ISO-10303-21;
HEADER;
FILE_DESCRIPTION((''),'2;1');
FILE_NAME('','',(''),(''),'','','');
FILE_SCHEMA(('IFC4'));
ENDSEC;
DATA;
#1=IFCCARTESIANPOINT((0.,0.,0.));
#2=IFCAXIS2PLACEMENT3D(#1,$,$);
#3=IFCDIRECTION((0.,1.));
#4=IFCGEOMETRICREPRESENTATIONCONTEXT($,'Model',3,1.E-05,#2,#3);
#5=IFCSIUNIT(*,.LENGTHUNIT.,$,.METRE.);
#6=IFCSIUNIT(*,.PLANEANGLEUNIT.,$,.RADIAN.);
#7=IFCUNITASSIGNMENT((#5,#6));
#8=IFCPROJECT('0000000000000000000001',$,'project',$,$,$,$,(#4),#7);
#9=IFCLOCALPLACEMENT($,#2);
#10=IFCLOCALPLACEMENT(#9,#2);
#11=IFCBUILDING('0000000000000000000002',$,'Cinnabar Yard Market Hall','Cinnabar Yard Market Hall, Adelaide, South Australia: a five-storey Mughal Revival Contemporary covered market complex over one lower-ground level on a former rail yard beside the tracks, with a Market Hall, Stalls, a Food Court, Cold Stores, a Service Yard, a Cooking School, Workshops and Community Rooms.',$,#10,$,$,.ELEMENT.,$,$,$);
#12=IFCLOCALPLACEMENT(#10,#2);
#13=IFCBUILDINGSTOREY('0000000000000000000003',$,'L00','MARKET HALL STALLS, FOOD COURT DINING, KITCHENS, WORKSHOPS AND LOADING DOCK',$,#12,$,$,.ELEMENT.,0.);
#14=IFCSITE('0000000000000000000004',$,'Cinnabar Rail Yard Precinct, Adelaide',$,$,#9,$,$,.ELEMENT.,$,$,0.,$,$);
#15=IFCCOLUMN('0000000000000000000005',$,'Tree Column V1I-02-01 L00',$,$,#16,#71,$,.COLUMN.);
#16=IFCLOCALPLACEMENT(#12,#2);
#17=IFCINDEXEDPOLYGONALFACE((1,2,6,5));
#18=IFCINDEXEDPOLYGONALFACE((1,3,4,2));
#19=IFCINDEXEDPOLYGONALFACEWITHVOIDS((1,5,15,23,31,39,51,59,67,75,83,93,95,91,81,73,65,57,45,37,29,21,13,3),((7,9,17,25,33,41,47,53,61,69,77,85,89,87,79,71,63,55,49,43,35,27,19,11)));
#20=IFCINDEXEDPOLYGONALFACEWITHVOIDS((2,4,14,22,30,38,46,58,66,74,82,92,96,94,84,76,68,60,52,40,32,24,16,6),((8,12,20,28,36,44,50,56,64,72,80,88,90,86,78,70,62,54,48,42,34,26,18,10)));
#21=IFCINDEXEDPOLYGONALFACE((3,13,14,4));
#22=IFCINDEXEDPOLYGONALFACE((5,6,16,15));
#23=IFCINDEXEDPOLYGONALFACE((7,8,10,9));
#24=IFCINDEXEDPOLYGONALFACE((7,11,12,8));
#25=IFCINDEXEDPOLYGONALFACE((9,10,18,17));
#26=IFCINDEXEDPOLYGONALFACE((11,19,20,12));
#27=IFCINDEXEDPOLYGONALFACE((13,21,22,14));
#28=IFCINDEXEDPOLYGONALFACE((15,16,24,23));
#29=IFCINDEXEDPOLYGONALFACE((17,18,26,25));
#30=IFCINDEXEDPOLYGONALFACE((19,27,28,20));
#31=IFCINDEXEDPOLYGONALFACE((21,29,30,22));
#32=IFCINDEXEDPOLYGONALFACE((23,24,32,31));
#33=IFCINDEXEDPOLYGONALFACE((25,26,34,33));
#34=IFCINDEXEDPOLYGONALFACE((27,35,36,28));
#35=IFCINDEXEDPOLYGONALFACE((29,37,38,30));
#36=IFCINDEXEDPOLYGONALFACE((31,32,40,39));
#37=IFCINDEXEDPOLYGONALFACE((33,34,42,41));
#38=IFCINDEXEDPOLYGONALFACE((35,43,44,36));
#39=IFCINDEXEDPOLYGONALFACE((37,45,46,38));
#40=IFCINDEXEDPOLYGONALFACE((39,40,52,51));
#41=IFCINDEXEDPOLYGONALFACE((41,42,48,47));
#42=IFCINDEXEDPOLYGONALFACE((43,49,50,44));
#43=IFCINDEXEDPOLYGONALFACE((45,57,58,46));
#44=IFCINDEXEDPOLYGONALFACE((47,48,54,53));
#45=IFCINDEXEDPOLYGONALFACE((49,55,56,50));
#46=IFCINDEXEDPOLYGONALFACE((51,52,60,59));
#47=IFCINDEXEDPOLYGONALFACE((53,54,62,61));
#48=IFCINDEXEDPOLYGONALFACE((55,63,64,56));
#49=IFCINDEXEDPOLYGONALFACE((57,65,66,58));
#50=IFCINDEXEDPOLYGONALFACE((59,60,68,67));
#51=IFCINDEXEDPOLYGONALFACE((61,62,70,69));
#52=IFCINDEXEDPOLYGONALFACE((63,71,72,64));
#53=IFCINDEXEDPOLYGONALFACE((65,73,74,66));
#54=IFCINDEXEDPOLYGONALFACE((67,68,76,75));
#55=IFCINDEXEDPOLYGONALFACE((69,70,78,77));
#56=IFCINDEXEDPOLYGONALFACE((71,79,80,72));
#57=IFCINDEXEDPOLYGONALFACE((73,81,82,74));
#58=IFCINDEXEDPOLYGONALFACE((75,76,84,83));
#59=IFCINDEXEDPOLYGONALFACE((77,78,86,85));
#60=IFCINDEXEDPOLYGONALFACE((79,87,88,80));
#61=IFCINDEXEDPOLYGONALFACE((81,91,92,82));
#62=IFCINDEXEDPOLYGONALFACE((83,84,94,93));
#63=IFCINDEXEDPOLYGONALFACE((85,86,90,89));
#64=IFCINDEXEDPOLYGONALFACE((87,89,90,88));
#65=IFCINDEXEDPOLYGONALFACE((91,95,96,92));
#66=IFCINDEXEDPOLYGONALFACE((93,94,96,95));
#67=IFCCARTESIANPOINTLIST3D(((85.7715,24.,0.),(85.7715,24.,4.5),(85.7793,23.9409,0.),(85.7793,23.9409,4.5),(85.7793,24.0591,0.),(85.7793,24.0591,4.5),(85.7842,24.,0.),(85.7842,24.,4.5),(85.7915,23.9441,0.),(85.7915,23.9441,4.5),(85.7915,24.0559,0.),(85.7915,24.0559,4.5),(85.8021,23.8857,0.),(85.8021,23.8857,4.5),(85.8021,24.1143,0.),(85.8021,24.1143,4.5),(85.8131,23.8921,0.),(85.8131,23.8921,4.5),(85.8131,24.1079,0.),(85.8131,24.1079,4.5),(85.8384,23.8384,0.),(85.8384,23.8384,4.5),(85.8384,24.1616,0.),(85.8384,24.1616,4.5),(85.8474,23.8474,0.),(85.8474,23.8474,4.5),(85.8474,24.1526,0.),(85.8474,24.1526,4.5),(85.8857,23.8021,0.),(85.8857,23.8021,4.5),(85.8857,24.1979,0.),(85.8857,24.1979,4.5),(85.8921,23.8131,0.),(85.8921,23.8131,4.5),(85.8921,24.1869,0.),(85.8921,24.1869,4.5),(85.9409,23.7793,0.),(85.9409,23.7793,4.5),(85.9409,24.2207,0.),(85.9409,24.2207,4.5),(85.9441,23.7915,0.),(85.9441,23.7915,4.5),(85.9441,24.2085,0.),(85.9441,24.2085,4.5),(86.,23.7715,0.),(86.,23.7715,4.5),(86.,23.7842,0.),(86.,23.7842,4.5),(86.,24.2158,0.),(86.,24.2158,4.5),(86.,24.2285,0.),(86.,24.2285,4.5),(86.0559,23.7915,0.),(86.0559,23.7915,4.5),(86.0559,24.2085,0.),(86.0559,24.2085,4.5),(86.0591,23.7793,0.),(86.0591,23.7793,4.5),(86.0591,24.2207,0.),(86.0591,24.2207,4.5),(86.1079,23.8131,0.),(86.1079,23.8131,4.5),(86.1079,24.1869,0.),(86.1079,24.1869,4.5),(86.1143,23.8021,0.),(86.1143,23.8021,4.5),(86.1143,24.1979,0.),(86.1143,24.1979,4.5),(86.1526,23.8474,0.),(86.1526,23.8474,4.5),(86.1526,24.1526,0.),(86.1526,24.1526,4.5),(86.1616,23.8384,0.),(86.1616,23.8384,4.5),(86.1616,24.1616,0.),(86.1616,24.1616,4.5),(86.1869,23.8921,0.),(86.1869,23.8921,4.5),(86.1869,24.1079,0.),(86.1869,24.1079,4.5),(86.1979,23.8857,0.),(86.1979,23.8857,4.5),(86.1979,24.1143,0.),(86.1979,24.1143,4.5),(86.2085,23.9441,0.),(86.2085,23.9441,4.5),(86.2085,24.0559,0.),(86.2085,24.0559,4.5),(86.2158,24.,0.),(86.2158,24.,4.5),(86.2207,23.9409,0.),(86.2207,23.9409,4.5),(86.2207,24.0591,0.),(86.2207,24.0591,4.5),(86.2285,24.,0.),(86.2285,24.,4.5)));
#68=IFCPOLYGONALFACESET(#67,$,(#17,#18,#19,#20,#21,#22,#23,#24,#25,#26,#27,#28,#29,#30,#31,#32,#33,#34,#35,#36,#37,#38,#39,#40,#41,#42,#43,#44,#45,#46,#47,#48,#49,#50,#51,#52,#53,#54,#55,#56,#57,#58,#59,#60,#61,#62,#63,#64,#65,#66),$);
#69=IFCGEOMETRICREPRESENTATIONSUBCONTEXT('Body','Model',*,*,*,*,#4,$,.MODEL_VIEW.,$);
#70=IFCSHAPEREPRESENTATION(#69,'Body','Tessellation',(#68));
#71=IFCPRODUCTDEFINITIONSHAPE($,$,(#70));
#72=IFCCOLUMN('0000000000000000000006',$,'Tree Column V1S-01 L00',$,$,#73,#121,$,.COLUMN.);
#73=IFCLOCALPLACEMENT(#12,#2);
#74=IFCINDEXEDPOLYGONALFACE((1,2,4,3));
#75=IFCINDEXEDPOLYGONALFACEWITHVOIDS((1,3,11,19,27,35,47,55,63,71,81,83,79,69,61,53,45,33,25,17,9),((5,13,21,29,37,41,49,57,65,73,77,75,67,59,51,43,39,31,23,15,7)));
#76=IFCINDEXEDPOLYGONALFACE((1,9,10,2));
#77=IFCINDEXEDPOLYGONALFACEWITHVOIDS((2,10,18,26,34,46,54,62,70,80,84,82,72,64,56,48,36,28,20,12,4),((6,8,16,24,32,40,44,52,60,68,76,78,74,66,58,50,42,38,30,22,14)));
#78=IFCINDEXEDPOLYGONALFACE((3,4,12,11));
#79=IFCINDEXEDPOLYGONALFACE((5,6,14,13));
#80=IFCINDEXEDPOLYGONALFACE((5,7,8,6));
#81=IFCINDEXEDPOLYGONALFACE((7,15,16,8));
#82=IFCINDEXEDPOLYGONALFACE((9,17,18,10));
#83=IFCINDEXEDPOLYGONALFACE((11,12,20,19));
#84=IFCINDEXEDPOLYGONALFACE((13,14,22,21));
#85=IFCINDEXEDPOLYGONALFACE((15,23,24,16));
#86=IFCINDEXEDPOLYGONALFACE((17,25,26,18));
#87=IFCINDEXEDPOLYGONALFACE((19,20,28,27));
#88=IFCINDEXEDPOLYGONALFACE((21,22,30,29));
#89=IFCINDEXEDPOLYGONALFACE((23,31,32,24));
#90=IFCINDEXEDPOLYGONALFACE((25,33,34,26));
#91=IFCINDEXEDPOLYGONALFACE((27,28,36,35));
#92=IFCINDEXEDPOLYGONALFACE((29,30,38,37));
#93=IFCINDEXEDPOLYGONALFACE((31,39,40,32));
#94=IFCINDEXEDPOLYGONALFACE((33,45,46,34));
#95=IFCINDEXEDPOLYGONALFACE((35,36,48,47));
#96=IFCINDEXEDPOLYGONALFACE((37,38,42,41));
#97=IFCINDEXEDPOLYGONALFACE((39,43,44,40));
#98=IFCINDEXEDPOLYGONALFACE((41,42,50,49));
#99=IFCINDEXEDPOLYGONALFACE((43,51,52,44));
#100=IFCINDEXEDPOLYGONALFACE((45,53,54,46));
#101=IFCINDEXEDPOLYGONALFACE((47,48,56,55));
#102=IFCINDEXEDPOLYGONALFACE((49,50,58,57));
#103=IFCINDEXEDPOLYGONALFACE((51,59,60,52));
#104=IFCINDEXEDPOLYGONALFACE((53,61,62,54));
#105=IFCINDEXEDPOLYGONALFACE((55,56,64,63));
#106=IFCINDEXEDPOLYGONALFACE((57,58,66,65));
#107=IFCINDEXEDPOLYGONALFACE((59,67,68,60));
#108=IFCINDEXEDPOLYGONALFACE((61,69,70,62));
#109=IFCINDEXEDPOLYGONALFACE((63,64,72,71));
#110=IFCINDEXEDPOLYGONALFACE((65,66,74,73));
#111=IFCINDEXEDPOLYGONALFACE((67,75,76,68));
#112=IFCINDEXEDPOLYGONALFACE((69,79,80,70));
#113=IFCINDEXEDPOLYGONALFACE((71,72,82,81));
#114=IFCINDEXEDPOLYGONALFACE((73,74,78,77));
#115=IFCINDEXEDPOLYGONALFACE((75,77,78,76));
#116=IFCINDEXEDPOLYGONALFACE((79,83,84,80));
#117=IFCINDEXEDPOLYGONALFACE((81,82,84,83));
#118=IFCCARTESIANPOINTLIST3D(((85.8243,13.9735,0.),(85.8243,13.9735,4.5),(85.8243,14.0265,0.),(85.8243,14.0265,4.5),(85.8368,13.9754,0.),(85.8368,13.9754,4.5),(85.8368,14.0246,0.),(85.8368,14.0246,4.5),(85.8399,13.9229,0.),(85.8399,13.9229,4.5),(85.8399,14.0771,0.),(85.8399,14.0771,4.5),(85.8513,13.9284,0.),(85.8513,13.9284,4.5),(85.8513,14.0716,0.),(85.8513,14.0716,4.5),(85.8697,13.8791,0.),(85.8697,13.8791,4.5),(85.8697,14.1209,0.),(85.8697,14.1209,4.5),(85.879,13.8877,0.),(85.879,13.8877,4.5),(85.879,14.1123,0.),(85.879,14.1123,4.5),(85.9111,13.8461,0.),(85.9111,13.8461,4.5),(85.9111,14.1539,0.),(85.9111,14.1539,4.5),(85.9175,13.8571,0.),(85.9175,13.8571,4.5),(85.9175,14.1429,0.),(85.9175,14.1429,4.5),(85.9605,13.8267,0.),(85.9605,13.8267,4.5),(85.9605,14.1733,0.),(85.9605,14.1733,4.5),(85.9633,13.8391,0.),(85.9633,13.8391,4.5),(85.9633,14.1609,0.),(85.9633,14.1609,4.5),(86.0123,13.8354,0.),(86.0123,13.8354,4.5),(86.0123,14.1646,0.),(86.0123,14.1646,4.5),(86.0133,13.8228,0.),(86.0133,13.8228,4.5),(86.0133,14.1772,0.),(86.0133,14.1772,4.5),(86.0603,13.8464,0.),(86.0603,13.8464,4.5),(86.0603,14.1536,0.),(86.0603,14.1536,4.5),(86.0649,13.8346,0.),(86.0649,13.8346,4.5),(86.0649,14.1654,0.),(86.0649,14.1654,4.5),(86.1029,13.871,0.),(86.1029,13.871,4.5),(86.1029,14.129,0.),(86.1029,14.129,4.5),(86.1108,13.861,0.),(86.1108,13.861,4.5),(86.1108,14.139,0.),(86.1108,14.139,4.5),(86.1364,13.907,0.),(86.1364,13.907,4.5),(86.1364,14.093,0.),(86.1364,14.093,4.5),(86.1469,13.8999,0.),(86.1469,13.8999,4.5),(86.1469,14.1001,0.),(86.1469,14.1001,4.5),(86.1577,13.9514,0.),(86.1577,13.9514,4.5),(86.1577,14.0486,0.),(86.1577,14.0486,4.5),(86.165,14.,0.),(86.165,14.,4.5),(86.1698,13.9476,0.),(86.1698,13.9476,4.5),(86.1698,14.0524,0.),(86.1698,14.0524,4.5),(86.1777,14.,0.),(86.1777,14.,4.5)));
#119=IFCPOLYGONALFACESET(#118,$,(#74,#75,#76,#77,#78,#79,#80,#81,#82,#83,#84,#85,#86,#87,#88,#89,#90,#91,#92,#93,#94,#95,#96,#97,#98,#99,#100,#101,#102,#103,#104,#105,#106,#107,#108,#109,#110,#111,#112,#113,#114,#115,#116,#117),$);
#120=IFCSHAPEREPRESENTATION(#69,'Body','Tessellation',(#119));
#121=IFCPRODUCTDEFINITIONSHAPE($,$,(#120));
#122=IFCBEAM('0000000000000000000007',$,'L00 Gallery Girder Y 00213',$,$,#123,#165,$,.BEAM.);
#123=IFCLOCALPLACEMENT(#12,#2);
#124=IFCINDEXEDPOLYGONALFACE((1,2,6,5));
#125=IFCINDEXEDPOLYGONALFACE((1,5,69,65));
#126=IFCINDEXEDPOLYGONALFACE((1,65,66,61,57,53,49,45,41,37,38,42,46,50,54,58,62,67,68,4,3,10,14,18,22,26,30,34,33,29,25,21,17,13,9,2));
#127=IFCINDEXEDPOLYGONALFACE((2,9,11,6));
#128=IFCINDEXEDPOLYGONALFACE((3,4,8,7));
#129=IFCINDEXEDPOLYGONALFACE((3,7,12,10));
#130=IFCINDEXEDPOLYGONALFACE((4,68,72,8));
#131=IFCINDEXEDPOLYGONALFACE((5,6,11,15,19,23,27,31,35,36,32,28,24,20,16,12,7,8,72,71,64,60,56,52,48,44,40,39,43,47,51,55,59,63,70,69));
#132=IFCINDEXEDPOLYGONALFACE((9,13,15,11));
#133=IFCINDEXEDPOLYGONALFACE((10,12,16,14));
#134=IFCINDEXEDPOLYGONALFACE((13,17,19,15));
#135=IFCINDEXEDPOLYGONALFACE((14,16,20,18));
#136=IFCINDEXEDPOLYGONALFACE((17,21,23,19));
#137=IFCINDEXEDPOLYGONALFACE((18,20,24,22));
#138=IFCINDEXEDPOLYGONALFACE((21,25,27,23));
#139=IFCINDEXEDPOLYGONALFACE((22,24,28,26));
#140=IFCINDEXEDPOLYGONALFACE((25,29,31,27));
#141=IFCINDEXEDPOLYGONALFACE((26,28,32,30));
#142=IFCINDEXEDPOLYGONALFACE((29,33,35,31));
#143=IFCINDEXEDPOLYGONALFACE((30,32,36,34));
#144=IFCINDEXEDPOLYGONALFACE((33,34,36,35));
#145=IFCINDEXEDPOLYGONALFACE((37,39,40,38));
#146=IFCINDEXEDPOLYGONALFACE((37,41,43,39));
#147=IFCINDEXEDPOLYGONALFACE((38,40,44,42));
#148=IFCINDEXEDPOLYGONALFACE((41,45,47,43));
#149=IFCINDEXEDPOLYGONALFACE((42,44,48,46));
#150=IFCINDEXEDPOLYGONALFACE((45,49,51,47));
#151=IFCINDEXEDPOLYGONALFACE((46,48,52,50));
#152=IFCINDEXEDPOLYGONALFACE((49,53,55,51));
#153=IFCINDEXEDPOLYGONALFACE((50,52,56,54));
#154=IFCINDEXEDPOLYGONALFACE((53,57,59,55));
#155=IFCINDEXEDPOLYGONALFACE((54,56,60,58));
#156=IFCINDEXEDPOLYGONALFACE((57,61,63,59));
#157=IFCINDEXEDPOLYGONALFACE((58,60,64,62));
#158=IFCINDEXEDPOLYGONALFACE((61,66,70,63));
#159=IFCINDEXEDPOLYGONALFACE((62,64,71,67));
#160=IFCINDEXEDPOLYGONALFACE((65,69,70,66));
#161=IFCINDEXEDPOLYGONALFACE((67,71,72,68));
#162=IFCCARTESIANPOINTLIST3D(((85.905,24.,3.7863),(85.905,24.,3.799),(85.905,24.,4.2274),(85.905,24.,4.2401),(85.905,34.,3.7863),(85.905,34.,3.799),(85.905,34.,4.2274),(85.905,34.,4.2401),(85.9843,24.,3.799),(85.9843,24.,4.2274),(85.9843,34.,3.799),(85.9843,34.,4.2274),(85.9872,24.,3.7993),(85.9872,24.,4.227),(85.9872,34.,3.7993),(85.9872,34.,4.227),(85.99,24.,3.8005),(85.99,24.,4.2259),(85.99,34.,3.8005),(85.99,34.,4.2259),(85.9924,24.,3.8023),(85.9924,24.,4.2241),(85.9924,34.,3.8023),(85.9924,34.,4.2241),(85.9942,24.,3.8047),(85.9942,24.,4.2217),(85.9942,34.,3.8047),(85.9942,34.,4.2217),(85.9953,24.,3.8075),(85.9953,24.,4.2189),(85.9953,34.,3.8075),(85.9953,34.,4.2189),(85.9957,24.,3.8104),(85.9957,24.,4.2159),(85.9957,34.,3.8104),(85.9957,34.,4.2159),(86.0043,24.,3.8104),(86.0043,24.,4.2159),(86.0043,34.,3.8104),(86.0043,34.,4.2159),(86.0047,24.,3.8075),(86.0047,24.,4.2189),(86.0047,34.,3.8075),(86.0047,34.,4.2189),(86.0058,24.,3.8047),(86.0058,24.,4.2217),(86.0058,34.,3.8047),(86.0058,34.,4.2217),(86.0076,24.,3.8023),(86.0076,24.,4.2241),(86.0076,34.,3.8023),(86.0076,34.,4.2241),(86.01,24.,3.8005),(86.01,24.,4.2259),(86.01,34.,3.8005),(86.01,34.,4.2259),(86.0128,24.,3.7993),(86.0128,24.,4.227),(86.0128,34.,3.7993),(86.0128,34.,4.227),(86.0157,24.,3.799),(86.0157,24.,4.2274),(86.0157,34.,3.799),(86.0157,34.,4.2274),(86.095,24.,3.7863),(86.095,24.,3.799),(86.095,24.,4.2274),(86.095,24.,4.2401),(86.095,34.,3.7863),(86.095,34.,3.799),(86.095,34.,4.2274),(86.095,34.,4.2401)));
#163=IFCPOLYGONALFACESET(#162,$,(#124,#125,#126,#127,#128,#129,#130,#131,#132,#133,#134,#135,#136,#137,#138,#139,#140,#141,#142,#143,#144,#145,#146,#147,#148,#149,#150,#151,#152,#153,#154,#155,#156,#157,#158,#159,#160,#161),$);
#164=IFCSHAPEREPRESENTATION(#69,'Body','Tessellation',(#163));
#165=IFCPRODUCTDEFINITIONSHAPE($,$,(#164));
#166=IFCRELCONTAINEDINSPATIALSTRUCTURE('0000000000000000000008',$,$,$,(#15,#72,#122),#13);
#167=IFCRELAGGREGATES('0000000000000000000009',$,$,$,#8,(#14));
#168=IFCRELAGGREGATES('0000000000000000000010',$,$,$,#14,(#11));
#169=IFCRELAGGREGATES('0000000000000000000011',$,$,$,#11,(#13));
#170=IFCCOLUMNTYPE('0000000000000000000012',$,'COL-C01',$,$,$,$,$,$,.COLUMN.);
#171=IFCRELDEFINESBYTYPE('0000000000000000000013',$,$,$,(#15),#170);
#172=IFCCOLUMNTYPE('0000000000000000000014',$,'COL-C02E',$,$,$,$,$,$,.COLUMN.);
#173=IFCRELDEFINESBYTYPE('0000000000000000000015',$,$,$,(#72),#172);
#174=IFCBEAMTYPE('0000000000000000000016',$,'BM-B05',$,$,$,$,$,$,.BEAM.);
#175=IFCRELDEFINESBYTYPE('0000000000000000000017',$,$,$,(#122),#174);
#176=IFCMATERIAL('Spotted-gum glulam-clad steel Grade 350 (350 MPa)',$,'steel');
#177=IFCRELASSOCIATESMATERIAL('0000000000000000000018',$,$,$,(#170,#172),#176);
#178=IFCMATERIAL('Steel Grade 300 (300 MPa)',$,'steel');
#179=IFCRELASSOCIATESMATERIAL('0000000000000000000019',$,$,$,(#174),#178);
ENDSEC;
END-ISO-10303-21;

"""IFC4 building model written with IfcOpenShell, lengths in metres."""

from ifc_helpers import new_model, si_unit, direction, frame, origin, origin_2d_with_axis, place, context, subcontext, project, spatial, hollow_circle, i_section, extrude, material, material_profile, profile_set, type_object, element, save


model = new_model("IFC4")

# Units and contexts
model_context = context("Model", 3, precision=1e-05, world=origin(), true_north=direction((0.0, 1.0)))
body_context = subcontext(model_context, "Body", "Model", "MODEL_VIEW")
ifc_project = project(units=[si_unit("LENGTHUNIT", "METRE"), si_unit("PLANEANGLEUNIT", "RADIAN")], contexts=[model_context])

# Site, building, storey
site_placement = place(None, origin())
site = spatial("IfcSite", under=ifc_project, at=site_placement, Name="Cinnabar Rail Yard Precinct, Adelaide", CompositionType="ELEMENT", RefElevation=0.0)
building_placement = place(site_placement, origin())
building = spatial("IfcBuilding", under=site, at=building_placement, Name="Cinnabar Yard Market Hall", Description="Cinnabar Yard Market Hall, Adelaide, South Australia: a five-storey Mughal Revival Contemporary covered market complex over one lower-ground level on a former rail yard beside the tracks, with a Market Hall, Stalls, a Food Court, Cold Stores, a Service Yard, a Cooking School, Workshops and Community Rooms.", CompositionType="ELEMENT")
storey_placement = place(building_placement, origin())
storey = spatial("IfcBuildingStorey", under=building, at=storey_placement, Name="L00", Description="MARKET HALL STALLS, FOOD COURT DINING, KITCHENS, WORKSHOPS AND LOADING DOCK", CompositionType="ELEMENT", Elevation=0.0)

# Columns
ifc_material_1 = material(Name="Spotted-gum glulam-clad steel Grade 350 (350 MPa)", Category="steel")
ifc_material_profile_1 = material_profile(ifc_material_1, hollow_circle(Radius=0.2285, WallThickness=0.0127, at=origin_2d_with_axis()), Name="457.0x12.7CHS")
ifc_profile_set_1 = profile_set([ifc_material_profile_1], Name="Spotted-gum glulam-clad steel Grade 350 (350 MPa)")
column_type_1 = type_object("IfcColumnType", Name="COL-C01", PredefinedType="COLUMN", material=ifc_profile_set_1)
column_1_placement = place(storey_placement, frame((86.0, 24.0, 0.0), z_axis=(0.0, 0.0, 1.0), x_axis=(1.0, 0.0, 0.0)))
element("IfcColumn", 1, at=column_1_placement, inside=storey, type_object=column_type_1, Name="Tree Column V1I-02-01 L00", PredefinedType="COLUMN", context=body_context, shape_type="SweptSolid", body=[
    extrude(hollow_circle(Radius=0.2285, WallThickness=0.0127, at=origin_2d_with_axis()), origin(), (0.0, 0.0, 1.0), 4.5),
])
ifc_material_profile_2 = material_profile(ifc_material_1, hollow_circle(Radius=0.1777, WallThickness=0.0127, at=origin_2d_with_axis()), Name="355.6x12.7CHS")
ifc_profile_set_2 = profile_set([ifc_material_profile_2], Name="Spotted-gum glulam-clad steel Grade 350 (350 MPa)")
column_type_2 = type_object("IfcColumnType", Name="COL-C02E", PredefinedType="COLUMN", material=ifc_profile_set_2)
column_2_placement = place(storey_placement, frame((86.0, 14.0, 0.0), z_axis=(0.0, 0.0, 1.0), x_axis=(1.0, 0.0, 0.0)))
element("IfcColumn", 2, at=column_2_placement, inside=storey, type_object=column_type_2, Name="Tree Column V1S-01 L00", PredefinedType="COLUMN", context=body_context, shape_type="SweptSolid", body=[
    extrude(hollow_circle(Radius=0.1777, WallThickness=0.0127, at=origin_2d_with_axis()), origin(), (0.0, 0.0, 1.0), 4.5),
])

# Beam
ifc_material_2 = material(Name="Steel Grade 300 (300 MPa)", Category="steel")
ifc_material_profile_3 = material_profile(ifc_material_2, i_section(OverallWidth=0.1899, OverallDepth=0.4539, WebThickness=0.0085, FlangeThickness=0.0127, FilletRadius=0.0115, at=origin_2d_with_axis()), Name="460UB67.1")
ifc_profile_set_3 = profile_set([ifc_material_profile_3], Name="Steel Grade 300 (300 MPa)")
beam_type_1 = type_object("IfcBeamType", Name="BM-B05", PredefinedType="BEAM", material=ifc_profile_set_3)
beam_1_placement = place(storey_placement, frame((86.0, 24.0, 4.0132), z_axis=(0.0, 1.0, 0.0), x_axis=(-1.0, 0.0, 0.0)))
element("IfcBeam", 3, at=beam_1_placement, inside=storey, type_object=beam_type_1, Name="L00 Gallery Girder Y 00213", PredefinedType="BEAM", context=body_context, shape_type="SweptSolid", body=[
    extrude(i_section(OverallWidth=0.1899, OverallDepth=0.4539, WebThickness=0.0085, FlangeThickness=0.0127, FilletRadius=0.0115, at=origin_2d_with_axis()), origin(), (0.0, 0.0, 1.0), 10.0),
])

save(model, "model.ifc")
